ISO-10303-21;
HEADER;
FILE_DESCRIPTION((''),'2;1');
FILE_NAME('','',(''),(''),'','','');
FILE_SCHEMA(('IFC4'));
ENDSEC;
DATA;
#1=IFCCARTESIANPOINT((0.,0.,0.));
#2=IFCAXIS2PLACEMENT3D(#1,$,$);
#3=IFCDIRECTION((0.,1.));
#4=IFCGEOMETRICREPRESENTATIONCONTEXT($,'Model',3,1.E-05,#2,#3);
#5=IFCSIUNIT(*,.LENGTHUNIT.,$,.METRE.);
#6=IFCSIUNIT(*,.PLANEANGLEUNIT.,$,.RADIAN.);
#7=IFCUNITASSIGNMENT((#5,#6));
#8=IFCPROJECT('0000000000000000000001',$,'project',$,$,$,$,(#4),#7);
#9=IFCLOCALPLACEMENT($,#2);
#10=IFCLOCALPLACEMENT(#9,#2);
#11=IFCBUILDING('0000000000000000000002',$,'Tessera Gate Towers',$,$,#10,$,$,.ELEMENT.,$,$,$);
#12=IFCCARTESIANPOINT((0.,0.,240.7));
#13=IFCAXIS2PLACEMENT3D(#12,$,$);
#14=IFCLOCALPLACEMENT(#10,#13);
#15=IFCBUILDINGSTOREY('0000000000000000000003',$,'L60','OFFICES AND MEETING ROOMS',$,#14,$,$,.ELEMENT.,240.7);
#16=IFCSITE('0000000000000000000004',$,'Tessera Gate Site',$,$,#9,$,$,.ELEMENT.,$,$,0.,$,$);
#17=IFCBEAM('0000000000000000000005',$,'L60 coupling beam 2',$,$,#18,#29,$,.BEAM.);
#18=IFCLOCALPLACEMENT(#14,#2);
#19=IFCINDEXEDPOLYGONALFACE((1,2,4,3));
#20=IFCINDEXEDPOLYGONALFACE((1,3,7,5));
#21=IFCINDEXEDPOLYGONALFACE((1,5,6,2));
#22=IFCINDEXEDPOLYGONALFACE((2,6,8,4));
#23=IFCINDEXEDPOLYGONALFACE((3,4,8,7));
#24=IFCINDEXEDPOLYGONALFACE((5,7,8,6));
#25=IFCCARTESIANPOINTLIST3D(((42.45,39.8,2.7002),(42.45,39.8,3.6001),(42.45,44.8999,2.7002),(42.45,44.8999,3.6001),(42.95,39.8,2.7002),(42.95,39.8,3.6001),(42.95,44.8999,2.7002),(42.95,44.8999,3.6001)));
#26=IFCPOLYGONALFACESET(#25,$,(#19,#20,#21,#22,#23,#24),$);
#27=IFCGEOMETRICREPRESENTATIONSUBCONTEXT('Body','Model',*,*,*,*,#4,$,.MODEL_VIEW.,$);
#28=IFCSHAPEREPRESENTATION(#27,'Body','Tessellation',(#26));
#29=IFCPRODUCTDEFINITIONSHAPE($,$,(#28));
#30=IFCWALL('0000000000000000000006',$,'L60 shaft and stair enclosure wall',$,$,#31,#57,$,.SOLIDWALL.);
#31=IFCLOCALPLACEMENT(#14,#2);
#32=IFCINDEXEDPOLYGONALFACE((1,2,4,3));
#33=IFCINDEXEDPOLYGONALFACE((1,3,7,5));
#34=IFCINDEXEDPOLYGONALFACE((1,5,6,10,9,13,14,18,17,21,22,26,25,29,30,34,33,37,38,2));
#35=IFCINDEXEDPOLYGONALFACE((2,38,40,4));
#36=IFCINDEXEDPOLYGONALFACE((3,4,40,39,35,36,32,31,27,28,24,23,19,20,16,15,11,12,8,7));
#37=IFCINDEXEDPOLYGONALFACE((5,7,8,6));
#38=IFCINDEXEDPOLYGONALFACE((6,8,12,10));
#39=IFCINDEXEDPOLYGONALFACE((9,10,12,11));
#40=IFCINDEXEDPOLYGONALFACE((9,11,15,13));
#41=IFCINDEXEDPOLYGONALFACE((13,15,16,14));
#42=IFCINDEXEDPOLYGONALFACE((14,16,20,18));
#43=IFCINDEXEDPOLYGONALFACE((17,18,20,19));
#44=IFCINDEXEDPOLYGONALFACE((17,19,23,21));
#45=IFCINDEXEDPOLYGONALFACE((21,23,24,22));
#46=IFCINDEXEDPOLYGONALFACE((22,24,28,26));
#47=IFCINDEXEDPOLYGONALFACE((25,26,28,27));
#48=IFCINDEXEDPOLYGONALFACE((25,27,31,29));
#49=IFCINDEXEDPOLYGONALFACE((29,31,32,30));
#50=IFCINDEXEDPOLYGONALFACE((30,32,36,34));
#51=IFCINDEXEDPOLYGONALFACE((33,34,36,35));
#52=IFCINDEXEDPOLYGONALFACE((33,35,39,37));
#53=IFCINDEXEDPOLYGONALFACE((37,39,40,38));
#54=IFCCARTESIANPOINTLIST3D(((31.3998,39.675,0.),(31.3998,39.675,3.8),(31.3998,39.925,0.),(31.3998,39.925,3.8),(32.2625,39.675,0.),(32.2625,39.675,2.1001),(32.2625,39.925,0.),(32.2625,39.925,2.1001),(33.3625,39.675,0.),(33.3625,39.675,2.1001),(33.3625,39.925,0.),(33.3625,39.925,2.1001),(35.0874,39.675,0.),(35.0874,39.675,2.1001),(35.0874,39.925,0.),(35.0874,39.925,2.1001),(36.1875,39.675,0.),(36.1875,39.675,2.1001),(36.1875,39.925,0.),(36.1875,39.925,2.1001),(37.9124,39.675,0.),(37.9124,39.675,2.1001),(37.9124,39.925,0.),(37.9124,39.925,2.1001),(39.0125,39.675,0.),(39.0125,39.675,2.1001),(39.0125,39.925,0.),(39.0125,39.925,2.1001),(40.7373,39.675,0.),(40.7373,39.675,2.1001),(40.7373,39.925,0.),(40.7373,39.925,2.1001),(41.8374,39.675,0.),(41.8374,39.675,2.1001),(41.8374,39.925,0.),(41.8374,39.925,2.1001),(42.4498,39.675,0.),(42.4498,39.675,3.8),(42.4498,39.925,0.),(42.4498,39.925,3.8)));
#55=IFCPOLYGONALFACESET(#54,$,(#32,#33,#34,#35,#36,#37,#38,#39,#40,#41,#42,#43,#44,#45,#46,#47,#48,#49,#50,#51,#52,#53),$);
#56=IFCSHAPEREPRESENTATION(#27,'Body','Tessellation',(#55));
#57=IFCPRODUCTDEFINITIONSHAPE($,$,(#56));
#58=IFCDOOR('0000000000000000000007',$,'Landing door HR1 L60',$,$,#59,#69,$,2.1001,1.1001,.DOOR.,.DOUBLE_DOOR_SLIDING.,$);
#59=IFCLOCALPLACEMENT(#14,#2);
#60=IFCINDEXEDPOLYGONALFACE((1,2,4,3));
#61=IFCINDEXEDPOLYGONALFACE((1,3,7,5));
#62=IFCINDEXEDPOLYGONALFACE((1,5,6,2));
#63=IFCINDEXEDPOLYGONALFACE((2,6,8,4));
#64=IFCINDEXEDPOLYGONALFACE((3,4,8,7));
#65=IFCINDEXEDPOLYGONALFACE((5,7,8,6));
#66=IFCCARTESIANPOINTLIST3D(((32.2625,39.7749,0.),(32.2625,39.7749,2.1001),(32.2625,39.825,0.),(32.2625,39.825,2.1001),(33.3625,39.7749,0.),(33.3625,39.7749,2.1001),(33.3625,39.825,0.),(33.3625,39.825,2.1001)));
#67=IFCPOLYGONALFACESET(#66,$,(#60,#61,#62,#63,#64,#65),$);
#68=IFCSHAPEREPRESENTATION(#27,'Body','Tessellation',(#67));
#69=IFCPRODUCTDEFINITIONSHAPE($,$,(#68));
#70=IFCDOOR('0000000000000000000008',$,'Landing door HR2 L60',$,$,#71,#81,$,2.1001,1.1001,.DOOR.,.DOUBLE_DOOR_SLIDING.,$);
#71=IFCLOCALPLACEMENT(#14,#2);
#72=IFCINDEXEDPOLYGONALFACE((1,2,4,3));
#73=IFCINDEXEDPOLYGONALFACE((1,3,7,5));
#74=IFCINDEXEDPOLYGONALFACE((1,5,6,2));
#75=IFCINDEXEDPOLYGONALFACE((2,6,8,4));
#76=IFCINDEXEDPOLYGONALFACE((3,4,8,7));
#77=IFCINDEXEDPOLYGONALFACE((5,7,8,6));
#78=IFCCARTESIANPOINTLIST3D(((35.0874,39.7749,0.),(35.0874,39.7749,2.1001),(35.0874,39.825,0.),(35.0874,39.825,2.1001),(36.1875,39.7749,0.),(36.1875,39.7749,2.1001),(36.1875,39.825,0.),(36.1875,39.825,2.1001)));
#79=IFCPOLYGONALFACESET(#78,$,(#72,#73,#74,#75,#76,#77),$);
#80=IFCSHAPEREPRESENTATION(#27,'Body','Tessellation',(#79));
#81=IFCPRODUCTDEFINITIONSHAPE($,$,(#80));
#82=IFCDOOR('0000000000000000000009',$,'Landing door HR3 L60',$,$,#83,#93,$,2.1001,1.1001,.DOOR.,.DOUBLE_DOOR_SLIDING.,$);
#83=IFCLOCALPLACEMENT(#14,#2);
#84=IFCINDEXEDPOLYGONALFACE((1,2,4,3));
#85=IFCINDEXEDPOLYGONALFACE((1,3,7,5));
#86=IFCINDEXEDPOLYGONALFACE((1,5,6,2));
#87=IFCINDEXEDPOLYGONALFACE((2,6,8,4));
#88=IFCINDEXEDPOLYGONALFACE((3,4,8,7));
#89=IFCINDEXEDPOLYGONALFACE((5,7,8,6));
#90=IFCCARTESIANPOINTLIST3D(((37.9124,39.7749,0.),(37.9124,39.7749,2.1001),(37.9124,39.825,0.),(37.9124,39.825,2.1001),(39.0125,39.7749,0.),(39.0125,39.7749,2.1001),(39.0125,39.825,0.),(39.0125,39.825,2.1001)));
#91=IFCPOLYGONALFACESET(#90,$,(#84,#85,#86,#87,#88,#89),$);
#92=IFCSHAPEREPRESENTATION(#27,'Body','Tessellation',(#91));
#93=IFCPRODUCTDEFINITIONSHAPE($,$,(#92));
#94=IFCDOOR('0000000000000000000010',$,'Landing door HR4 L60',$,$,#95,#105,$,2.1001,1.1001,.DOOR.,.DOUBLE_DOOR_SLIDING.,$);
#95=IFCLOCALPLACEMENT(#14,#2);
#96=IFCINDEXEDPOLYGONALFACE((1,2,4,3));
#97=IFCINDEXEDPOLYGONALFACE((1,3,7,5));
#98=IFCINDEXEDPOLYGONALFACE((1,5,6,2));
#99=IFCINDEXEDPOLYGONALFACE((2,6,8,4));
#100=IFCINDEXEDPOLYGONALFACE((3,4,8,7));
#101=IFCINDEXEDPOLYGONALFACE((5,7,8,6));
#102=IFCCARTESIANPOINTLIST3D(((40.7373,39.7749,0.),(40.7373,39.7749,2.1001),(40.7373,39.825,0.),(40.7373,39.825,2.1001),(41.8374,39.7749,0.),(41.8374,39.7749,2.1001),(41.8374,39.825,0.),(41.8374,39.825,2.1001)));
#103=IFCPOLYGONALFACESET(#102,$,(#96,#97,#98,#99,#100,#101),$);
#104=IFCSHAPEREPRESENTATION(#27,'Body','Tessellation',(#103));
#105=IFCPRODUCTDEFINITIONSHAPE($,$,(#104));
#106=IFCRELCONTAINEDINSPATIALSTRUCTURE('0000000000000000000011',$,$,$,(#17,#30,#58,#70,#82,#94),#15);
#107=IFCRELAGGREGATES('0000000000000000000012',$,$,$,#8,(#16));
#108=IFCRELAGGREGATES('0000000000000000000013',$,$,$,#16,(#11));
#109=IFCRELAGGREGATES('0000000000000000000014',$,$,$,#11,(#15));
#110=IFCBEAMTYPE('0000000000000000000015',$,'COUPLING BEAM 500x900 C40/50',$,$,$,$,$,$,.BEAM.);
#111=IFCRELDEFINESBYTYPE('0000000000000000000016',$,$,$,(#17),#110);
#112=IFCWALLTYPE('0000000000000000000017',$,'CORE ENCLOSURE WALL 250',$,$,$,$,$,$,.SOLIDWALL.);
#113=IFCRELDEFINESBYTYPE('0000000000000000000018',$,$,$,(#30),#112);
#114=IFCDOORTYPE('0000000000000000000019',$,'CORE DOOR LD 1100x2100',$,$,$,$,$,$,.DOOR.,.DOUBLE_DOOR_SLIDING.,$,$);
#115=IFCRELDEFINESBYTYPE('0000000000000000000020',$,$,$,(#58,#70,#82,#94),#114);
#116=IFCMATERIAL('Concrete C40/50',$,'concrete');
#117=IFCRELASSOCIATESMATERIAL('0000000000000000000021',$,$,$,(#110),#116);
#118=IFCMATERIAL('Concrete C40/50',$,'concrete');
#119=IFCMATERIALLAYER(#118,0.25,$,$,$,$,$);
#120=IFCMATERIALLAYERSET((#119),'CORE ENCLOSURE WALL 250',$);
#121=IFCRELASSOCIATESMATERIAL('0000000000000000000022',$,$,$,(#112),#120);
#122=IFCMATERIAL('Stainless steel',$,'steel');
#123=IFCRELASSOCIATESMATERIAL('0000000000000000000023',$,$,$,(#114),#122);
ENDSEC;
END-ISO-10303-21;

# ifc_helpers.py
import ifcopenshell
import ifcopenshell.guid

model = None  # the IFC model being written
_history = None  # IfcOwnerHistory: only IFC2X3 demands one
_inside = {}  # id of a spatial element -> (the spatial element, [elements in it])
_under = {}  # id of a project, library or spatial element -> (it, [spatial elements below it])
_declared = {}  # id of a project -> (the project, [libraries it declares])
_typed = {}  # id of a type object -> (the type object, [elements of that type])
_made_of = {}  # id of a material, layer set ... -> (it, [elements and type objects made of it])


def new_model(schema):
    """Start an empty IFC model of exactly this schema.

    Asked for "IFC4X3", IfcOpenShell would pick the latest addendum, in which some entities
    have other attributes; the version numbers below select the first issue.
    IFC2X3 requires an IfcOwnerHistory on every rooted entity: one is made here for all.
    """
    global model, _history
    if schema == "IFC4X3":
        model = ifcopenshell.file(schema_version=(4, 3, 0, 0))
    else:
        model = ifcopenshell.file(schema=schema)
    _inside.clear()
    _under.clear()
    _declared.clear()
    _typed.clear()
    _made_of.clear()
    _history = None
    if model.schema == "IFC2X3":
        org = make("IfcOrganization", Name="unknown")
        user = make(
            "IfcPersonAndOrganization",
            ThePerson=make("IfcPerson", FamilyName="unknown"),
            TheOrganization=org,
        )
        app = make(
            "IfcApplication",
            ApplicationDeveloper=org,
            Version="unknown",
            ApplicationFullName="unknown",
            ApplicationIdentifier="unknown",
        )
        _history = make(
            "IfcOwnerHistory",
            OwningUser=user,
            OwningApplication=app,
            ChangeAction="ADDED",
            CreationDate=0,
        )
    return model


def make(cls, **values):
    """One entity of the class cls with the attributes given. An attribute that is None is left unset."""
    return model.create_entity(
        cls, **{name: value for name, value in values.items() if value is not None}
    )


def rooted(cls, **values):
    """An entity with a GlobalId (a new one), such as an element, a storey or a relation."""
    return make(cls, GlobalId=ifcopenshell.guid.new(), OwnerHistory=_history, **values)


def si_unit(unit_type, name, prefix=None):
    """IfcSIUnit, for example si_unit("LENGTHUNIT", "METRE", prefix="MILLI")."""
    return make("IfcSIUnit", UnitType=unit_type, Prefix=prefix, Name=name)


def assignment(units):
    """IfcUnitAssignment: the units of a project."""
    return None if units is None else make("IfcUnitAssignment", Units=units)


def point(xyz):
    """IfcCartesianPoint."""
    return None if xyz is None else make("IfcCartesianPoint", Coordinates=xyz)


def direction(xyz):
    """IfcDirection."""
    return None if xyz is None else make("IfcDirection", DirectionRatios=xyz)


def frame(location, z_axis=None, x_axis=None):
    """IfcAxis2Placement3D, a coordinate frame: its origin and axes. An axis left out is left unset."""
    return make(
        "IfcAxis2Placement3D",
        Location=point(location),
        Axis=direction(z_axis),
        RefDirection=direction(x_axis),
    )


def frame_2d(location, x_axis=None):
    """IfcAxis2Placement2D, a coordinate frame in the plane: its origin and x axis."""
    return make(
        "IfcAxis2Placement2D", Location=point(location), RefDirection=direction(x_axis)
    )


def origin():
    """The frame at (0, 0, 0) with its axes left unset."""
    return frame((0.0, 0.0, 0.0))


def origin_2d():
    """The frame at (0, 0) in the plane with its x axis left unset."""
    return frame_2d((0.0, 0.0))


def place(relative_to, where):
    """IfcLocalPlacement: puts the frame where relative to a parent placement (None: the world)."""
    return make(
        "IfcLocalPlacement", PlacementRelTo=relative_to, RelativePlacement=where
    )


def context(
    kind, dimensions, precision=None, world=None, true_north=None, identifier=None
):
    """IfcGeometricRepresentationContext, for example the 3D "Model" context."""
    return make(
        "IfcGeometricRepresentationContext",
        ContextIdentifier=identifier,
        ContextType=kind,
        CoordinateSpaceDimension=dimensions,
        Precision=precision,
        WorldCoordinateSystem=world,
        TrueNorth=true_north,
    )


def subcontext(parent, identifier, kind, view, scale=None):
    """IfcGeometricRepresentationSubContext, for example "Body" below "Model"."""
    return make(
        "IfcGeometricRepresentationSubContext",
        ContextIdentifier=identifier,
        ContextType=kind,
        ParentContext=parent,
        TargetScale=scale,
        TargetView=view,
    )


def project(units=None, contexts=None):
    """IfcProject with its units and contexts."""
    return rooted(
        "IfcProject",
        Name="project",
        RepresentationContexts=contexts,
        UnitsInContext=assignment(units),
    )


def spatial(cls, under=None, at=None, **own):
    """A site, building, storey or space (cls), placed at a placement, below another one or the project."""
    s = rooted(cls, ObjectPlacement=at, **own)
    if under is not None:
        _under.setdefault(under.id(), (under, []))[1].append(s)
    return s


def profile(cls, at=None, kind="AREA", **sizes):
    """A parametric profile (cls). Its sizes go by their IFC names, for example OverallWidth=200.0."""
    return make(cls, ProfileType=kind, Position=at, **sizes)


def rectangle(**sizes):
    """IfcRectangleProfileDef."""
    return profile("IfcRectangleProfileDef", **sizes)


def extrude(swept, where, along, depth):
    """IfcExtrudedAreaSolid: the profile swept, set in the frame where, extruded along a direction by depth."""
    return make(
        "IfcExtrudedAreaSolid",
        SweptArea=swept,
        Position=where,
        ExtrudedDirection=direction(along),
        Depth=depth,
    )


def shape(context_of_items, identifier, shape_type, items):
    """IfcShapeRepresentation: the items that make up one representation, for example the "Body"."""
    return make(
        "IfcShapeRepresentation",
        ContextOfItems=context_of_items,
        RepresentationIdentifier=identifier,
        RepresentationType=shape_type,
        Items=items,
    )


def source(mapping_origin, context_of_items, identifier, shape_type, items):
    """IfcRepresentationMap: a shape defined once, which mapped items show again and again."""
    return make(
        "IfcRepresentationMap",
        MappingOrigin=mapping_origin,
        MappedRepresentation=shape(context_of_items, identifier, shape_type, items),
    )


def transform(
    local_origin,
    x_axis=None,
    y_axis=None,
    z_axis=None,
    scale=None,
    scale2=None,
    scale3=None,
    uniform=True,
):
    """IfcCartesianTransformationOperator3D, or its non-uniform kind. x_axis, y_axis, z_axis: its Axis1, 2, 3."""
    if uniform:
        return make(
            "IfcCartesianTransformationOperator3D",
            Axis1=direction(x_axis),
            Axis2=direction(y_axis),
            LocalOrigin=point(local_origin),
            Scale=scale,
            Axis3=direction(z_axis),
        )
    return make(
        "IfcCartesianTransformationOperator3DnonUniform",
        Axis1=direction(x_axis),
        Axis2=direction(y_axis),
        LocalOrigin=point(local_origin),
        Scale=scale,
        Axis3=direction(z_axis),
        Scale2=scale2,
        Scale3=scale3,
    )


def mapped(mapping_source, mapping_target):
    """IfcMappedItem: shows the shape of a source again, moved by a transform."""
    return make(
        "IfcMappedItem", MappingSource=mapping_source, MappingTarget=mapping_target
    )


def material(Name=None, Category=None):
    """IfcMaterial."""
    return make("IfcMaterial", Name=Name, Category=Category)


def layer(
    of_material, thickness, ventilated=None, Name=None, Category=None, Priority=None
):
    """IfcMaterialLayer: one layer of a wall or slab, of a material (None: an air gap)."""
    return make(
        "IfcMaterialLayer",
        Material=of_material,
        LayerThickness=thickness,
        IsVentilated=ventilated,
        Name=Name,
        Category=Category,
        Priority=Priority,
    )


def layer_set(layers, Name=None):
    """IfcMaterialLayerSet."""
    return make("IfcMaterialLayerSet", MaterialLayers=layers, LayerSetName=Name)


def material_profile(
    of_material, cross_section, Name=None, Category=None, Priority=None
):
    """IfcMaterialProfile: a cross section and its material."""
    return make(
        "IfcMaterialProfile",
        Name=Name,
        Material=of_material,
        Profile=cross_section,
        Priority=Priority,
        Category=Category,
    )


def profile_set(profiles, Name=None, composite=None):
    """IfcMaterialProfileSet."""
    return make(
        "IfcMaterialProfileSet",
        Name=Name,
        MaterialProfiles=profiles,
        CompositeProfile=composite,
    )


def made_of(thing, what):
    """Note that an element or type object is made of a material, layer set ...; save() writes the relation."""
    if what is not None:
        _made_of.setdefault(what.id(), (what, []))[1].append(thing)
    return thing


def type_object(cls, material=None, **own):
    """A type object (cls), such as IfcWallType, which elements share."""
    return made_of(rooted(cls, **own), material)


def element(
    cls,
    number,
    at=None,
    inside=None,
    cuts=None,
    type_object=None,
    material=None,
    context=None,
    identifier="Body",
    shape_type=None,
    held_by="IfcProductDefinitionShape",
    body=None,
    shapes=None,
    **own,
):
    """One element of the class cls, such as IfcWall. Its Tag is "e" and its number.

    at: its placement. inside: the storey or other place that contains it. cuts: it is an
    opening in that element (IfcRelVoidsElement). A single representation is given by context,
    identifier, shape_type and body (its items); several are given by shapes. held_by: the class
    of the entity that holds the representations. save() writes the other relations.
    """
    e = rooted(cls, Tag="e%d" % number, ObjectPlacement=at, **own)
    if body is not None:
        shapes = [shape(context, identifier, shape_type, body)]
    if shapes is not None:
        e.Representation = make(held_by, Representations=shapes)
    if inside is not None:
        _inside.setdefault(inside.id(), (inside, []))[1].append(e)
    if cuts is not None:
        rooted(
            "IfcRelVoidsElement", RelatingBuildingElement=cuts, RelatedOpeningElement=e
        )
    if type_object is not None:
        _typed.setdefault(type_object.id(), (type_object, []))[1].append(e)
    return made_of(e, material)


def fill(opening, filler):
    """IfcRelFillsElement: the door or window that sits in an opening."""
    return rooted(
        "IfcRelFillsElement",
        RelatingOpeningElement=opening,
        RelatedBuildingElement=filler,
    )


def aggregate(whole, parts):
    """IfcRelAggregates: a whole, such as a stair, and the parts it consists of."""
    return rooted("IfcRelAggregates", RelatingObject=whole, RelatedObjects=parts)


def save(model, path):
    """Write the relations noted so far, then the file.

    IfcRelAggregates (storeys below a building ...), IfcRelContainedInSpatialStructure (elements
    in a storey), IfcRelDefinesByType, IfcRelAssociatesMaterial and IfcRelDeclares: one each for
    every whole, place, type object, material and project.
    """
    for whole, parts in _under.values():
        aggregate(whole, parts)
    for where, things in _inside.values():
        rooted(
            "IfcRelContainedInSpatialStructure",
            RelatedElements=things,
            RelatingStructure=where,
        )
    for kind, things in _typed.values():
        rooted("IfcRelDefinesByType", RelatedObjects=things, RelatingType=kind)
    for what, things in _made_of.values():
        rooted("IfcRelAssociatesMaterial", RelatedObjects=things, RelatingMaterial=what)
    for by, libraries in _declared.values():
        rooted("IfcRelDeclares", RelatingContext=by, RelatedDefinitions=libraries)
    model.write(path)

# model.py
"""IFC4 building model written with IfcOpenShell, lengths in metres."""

from ifc_helpers import new_model, si_unit, direction, frame, frame_2d, origin, origin_2d, place, context, subcontext, project, spatial, rectangle, extrude, source, transform, mapped, material, layer, layer_set, material_profile, profile_set, type_object, element, fill, save


model = new_model("IFC4")

# Units and contexts
model_context = context("Model", 3, precision=1e-05, world=origin(), true_north=direction((0.0, 1.0)))
body_context = subcontext(model_context, "Body", "Model", "MODEL_VIEW")
ifc_project = project(units=[si_unit("LENGTHUNIT", "METRE"), si_unit("PLANEANGLEUNIT", "RADIAN")], contexts=[model_context])

# Site, building, storey
site_placement = place(None, origin())
site = spatial("IfcSite", under=ifc_project, at=site_placement, Name="Tessera Gate Site", CompositionType="ELEMENT", RefElevation=0.0)
building_placement = place(site_placement, origin())
building = spatial("IfcBuilding", under=site, at=building_placement, Name="Tessera Gate Towers", CompositionType="ELEMENT")
storey_placement = place(building_placement, frame((0.0, 0.0, 240.7)))
storey = spatial("IfcBuildingStorey", under=building, at=storey_placement, Name="L60", Description="OFFICES AND MEETING ROOMS", CompositionType="ELEMENT", Elevation=240.7)

# Beam
ifc_material_1 = material(Name="Concrete C40/50", Category="concrete")
ifc_material_profile = material_profile(ifc_material_1, rectangle(XDim=0.5, YDim=0.8999, at=origin_2d()), Name="RC 500x900")
ifc_profile_set = profile_set([ifc_material_profile], Name="Concrete C40/50")
beam_type = type_object("IfcBeamType", Name="COUPLING BEAM 500x900 C40/50", PredefinedType="BEAM", material=ifc_profile_set)
beam_placement = place(storey_placement, frame((42.7, 39.8, 3.1501), z_axis=(0.0, 1.0, 0.0), x_axis=(-1.0, 0.0, 0.0)))
element("IfcBeam", 1, at=beam_placement, inside=storey, type_object=beam_type, Name="L60 coupling beam 2", PredefinedType="BEAM", context=body_context, shape_type="SweptSolid", body=[
    extrude(rectangle(XDim=0.5, YDim=0.8999, at=origin_2d()), origin(), (0.0, 0.0, 1.0), 5.0999),
])

# Wall, openings, doors
ifc_material_2 = material(Name="Concrete C40/50", Category="concrete")
ifc_layer_1 = layer(ifc_material_2, 0.25)
ifc_layer_set_1 = layer_set([ifc_layer_1], Name="CORE ENCLOSURE WALL 250")
wall_type_1 = type_object("IfcWallType", Name="CORE ENCLOSURE WALL 250", PredefinedType="SOLIDWALL", material=ifc_layer_set_1)
wall_1_placement = place(storey_placement, frame((31.3999, 39.8, 0.0), z_axis=(0.0, 0.0, 1.0), x_axis=(1.0, 0.0, 0.0)))
wall_1 = element("IfcWall", 2, at=wall_1_placement, inside=storey, type_object=wall_type_1, Name="L60 shaft and stair enclosure wall", PredefinedType="SOLIDWALL", context=body_context, shape_type="SweptSolid", body=[
    extrude(rectangle(XDim=11.05, YDim=0.25, at=frame_2d((5.5249, 0.0))), origin(), (0.0, 0.0, 1.0), 3.8),
])
shared_shape_1 = source(origin(), body_context, "Body", "SweptSolid", [
    extrude(rectangle(XDim=1.1001, YDim=2.1001, at=frame_2d((0.55, 1.05))), frame((0.0, 0.135, 0.0), z_axis=(0.0, -1.0, 0.0), x_axis=(1.0, 0.0, 0.0)), (0.0, 0.0, 1.0), 0.27),
])
opening_1_placement = place(wall_1_placement, frame((0.8625, 0.0, 0.0)))
opening_1 = element("IfcOpeningElement", 3, at=opening_1_placement, cuts=wall_1, PredefinedType="OPENING", context=body_context, shape_type="MappedRepresentation", body=[
    mapped(shared_shape_1, transform((0.0, 0.0, 0.0), scale=1.0)),
])
opening_2_placement = place(wall_1_placement, frame((3.6875, 0.0, 0.0)))
opening_2 = element("IfcOpeningElement", 4, at=opening_2_placement, cuts=wall_1, PredefinedType="OPENING", context=body_context, shape_type="MappedRepresentation", body=[
    mapped(shared_shape_1, transform((0.0, 0.0, 0.0), scale=1.0)),
])
opening_3_placement = place(wall_1_placement, frame((6.5125, 0.0, 0.0)))
opening_3 = element("IfcOpeningElement", 5, at=opening_3_placement, cuts=wall_1, PredefinedType="OPENING", context=body_context, shape_type="MappedRepresentation", body=[
    mapped(shared_shape_1, transform((0.0, 0.0, 0.0), scale=1.0)),
])
opening_4_placement = place(wall_1_placement, frame((9.3374, 0.0, 0.0)))
opening_4 = element("IfcOpeningElement", 6, at=opening_4_placement, cuts=wall_1, PredefinedType="OPENING", context=body_context, shape_type="MappedRepresentation", body=[
    mapped(shared_shape_1, transform((0.0, 0.0, 0.0), scale=1.0)),
])
ifc_material_3 = material(Name="Stainless steel", Category="steel")
door_type_1 = type_object("IfcDoorType", Name="CORE DOOR LD 1100x2100", OperationType="DOUBLE_DOOR_SLIDING", PredefinedType="DOOR", material=ifc_material_3)
shared_shape_2 = source(origin(), body_context, "Body", "SweptSolid", [
    extrude(rectangle(XDim=1.1001, YDim=2.1001, at=frame_2d((0.55, 1.05))), frame((0.0, 0.0249, 0.0), z_axis=(0.0, -1.0, 0.0), x_axis=(1.0, 0.0, 0.0)), (0.0, 0.0, 1.0), 0.05),
])
door_1_placement = place(opening_1_placement, origin())
door_1 = element("IfcDoor", 7, at=door_1_placement, inside=storey, type_object=door_type_1, Name="Landing door HR1 L60", OperationType="DOUBLE_DOOR_SLIDING", OverallHeight=2.1001, OverallWidth=1.1001, PredefinedType="DOOR", context=body_context, shape_type="MappedRepresentation", body=[
    mapped(shared_shape_2, transform((0.0, 0.0, 0.0), scale=1.0)),
])
fill(opening_1, door_1)
door_2_placement = place(opening_2_placement, origin())
door_2 = element("IfcDoor", 8, at=door_2_placement, inside=storey, type_object=door_type_1, Name="Landing door HR2 L60", OperationType="DOUBLE_DOOR_SLIDING", OverallHeight=2.1001, OverallWidth=1.1001, PredefinedType="DOOR", context=body_context, shape_type="MappedRepresentation", body=[
    mapped(shared_shape_2, transform((0.0, 0.0, 0.0), scale=1.0)),
])
fill(opening_2, door_2)
door_3_placement = place(opening_3_placement, origin())
door_3 = element("IfcDoor", 9, at=door_3_placement, inside=storey, type_object=door_type_1, Name="Landing door HR3 L60", OperationType="DOUBLE_DOOR_SLIDING", OverallHeight=2.1001, OverallWidth=1.1001, PredefinedType="DOOR", context=body_context, shape_type="MappedRepresentation", body=[
    mapped(shared_shape_2, transform((0.0, 0.0, 0.0), scale=1.0)),
])
fill(opening_3, door_3)
door_4_placement = place(opening_4_placement, origin())
door_4 = element("IfcDoor", 10, at=door_4_placement, inside=storey, type_object=door_type_1, Name="Landing door HR4 L60", OperationType="DOUBLE_DOOR_SLIDING", OverallHeight=2.1001, OverallWidth=1.1001, PredefinedType="DOOR", context=body_context, shape_type="MappedRepresentation", body=[
    mapped(shared_shape_2, transform((0.0, 0.0, 0.0), scale=1.0)),
])
fill(opening_4, door_4)

save(model, "model.ifc")
